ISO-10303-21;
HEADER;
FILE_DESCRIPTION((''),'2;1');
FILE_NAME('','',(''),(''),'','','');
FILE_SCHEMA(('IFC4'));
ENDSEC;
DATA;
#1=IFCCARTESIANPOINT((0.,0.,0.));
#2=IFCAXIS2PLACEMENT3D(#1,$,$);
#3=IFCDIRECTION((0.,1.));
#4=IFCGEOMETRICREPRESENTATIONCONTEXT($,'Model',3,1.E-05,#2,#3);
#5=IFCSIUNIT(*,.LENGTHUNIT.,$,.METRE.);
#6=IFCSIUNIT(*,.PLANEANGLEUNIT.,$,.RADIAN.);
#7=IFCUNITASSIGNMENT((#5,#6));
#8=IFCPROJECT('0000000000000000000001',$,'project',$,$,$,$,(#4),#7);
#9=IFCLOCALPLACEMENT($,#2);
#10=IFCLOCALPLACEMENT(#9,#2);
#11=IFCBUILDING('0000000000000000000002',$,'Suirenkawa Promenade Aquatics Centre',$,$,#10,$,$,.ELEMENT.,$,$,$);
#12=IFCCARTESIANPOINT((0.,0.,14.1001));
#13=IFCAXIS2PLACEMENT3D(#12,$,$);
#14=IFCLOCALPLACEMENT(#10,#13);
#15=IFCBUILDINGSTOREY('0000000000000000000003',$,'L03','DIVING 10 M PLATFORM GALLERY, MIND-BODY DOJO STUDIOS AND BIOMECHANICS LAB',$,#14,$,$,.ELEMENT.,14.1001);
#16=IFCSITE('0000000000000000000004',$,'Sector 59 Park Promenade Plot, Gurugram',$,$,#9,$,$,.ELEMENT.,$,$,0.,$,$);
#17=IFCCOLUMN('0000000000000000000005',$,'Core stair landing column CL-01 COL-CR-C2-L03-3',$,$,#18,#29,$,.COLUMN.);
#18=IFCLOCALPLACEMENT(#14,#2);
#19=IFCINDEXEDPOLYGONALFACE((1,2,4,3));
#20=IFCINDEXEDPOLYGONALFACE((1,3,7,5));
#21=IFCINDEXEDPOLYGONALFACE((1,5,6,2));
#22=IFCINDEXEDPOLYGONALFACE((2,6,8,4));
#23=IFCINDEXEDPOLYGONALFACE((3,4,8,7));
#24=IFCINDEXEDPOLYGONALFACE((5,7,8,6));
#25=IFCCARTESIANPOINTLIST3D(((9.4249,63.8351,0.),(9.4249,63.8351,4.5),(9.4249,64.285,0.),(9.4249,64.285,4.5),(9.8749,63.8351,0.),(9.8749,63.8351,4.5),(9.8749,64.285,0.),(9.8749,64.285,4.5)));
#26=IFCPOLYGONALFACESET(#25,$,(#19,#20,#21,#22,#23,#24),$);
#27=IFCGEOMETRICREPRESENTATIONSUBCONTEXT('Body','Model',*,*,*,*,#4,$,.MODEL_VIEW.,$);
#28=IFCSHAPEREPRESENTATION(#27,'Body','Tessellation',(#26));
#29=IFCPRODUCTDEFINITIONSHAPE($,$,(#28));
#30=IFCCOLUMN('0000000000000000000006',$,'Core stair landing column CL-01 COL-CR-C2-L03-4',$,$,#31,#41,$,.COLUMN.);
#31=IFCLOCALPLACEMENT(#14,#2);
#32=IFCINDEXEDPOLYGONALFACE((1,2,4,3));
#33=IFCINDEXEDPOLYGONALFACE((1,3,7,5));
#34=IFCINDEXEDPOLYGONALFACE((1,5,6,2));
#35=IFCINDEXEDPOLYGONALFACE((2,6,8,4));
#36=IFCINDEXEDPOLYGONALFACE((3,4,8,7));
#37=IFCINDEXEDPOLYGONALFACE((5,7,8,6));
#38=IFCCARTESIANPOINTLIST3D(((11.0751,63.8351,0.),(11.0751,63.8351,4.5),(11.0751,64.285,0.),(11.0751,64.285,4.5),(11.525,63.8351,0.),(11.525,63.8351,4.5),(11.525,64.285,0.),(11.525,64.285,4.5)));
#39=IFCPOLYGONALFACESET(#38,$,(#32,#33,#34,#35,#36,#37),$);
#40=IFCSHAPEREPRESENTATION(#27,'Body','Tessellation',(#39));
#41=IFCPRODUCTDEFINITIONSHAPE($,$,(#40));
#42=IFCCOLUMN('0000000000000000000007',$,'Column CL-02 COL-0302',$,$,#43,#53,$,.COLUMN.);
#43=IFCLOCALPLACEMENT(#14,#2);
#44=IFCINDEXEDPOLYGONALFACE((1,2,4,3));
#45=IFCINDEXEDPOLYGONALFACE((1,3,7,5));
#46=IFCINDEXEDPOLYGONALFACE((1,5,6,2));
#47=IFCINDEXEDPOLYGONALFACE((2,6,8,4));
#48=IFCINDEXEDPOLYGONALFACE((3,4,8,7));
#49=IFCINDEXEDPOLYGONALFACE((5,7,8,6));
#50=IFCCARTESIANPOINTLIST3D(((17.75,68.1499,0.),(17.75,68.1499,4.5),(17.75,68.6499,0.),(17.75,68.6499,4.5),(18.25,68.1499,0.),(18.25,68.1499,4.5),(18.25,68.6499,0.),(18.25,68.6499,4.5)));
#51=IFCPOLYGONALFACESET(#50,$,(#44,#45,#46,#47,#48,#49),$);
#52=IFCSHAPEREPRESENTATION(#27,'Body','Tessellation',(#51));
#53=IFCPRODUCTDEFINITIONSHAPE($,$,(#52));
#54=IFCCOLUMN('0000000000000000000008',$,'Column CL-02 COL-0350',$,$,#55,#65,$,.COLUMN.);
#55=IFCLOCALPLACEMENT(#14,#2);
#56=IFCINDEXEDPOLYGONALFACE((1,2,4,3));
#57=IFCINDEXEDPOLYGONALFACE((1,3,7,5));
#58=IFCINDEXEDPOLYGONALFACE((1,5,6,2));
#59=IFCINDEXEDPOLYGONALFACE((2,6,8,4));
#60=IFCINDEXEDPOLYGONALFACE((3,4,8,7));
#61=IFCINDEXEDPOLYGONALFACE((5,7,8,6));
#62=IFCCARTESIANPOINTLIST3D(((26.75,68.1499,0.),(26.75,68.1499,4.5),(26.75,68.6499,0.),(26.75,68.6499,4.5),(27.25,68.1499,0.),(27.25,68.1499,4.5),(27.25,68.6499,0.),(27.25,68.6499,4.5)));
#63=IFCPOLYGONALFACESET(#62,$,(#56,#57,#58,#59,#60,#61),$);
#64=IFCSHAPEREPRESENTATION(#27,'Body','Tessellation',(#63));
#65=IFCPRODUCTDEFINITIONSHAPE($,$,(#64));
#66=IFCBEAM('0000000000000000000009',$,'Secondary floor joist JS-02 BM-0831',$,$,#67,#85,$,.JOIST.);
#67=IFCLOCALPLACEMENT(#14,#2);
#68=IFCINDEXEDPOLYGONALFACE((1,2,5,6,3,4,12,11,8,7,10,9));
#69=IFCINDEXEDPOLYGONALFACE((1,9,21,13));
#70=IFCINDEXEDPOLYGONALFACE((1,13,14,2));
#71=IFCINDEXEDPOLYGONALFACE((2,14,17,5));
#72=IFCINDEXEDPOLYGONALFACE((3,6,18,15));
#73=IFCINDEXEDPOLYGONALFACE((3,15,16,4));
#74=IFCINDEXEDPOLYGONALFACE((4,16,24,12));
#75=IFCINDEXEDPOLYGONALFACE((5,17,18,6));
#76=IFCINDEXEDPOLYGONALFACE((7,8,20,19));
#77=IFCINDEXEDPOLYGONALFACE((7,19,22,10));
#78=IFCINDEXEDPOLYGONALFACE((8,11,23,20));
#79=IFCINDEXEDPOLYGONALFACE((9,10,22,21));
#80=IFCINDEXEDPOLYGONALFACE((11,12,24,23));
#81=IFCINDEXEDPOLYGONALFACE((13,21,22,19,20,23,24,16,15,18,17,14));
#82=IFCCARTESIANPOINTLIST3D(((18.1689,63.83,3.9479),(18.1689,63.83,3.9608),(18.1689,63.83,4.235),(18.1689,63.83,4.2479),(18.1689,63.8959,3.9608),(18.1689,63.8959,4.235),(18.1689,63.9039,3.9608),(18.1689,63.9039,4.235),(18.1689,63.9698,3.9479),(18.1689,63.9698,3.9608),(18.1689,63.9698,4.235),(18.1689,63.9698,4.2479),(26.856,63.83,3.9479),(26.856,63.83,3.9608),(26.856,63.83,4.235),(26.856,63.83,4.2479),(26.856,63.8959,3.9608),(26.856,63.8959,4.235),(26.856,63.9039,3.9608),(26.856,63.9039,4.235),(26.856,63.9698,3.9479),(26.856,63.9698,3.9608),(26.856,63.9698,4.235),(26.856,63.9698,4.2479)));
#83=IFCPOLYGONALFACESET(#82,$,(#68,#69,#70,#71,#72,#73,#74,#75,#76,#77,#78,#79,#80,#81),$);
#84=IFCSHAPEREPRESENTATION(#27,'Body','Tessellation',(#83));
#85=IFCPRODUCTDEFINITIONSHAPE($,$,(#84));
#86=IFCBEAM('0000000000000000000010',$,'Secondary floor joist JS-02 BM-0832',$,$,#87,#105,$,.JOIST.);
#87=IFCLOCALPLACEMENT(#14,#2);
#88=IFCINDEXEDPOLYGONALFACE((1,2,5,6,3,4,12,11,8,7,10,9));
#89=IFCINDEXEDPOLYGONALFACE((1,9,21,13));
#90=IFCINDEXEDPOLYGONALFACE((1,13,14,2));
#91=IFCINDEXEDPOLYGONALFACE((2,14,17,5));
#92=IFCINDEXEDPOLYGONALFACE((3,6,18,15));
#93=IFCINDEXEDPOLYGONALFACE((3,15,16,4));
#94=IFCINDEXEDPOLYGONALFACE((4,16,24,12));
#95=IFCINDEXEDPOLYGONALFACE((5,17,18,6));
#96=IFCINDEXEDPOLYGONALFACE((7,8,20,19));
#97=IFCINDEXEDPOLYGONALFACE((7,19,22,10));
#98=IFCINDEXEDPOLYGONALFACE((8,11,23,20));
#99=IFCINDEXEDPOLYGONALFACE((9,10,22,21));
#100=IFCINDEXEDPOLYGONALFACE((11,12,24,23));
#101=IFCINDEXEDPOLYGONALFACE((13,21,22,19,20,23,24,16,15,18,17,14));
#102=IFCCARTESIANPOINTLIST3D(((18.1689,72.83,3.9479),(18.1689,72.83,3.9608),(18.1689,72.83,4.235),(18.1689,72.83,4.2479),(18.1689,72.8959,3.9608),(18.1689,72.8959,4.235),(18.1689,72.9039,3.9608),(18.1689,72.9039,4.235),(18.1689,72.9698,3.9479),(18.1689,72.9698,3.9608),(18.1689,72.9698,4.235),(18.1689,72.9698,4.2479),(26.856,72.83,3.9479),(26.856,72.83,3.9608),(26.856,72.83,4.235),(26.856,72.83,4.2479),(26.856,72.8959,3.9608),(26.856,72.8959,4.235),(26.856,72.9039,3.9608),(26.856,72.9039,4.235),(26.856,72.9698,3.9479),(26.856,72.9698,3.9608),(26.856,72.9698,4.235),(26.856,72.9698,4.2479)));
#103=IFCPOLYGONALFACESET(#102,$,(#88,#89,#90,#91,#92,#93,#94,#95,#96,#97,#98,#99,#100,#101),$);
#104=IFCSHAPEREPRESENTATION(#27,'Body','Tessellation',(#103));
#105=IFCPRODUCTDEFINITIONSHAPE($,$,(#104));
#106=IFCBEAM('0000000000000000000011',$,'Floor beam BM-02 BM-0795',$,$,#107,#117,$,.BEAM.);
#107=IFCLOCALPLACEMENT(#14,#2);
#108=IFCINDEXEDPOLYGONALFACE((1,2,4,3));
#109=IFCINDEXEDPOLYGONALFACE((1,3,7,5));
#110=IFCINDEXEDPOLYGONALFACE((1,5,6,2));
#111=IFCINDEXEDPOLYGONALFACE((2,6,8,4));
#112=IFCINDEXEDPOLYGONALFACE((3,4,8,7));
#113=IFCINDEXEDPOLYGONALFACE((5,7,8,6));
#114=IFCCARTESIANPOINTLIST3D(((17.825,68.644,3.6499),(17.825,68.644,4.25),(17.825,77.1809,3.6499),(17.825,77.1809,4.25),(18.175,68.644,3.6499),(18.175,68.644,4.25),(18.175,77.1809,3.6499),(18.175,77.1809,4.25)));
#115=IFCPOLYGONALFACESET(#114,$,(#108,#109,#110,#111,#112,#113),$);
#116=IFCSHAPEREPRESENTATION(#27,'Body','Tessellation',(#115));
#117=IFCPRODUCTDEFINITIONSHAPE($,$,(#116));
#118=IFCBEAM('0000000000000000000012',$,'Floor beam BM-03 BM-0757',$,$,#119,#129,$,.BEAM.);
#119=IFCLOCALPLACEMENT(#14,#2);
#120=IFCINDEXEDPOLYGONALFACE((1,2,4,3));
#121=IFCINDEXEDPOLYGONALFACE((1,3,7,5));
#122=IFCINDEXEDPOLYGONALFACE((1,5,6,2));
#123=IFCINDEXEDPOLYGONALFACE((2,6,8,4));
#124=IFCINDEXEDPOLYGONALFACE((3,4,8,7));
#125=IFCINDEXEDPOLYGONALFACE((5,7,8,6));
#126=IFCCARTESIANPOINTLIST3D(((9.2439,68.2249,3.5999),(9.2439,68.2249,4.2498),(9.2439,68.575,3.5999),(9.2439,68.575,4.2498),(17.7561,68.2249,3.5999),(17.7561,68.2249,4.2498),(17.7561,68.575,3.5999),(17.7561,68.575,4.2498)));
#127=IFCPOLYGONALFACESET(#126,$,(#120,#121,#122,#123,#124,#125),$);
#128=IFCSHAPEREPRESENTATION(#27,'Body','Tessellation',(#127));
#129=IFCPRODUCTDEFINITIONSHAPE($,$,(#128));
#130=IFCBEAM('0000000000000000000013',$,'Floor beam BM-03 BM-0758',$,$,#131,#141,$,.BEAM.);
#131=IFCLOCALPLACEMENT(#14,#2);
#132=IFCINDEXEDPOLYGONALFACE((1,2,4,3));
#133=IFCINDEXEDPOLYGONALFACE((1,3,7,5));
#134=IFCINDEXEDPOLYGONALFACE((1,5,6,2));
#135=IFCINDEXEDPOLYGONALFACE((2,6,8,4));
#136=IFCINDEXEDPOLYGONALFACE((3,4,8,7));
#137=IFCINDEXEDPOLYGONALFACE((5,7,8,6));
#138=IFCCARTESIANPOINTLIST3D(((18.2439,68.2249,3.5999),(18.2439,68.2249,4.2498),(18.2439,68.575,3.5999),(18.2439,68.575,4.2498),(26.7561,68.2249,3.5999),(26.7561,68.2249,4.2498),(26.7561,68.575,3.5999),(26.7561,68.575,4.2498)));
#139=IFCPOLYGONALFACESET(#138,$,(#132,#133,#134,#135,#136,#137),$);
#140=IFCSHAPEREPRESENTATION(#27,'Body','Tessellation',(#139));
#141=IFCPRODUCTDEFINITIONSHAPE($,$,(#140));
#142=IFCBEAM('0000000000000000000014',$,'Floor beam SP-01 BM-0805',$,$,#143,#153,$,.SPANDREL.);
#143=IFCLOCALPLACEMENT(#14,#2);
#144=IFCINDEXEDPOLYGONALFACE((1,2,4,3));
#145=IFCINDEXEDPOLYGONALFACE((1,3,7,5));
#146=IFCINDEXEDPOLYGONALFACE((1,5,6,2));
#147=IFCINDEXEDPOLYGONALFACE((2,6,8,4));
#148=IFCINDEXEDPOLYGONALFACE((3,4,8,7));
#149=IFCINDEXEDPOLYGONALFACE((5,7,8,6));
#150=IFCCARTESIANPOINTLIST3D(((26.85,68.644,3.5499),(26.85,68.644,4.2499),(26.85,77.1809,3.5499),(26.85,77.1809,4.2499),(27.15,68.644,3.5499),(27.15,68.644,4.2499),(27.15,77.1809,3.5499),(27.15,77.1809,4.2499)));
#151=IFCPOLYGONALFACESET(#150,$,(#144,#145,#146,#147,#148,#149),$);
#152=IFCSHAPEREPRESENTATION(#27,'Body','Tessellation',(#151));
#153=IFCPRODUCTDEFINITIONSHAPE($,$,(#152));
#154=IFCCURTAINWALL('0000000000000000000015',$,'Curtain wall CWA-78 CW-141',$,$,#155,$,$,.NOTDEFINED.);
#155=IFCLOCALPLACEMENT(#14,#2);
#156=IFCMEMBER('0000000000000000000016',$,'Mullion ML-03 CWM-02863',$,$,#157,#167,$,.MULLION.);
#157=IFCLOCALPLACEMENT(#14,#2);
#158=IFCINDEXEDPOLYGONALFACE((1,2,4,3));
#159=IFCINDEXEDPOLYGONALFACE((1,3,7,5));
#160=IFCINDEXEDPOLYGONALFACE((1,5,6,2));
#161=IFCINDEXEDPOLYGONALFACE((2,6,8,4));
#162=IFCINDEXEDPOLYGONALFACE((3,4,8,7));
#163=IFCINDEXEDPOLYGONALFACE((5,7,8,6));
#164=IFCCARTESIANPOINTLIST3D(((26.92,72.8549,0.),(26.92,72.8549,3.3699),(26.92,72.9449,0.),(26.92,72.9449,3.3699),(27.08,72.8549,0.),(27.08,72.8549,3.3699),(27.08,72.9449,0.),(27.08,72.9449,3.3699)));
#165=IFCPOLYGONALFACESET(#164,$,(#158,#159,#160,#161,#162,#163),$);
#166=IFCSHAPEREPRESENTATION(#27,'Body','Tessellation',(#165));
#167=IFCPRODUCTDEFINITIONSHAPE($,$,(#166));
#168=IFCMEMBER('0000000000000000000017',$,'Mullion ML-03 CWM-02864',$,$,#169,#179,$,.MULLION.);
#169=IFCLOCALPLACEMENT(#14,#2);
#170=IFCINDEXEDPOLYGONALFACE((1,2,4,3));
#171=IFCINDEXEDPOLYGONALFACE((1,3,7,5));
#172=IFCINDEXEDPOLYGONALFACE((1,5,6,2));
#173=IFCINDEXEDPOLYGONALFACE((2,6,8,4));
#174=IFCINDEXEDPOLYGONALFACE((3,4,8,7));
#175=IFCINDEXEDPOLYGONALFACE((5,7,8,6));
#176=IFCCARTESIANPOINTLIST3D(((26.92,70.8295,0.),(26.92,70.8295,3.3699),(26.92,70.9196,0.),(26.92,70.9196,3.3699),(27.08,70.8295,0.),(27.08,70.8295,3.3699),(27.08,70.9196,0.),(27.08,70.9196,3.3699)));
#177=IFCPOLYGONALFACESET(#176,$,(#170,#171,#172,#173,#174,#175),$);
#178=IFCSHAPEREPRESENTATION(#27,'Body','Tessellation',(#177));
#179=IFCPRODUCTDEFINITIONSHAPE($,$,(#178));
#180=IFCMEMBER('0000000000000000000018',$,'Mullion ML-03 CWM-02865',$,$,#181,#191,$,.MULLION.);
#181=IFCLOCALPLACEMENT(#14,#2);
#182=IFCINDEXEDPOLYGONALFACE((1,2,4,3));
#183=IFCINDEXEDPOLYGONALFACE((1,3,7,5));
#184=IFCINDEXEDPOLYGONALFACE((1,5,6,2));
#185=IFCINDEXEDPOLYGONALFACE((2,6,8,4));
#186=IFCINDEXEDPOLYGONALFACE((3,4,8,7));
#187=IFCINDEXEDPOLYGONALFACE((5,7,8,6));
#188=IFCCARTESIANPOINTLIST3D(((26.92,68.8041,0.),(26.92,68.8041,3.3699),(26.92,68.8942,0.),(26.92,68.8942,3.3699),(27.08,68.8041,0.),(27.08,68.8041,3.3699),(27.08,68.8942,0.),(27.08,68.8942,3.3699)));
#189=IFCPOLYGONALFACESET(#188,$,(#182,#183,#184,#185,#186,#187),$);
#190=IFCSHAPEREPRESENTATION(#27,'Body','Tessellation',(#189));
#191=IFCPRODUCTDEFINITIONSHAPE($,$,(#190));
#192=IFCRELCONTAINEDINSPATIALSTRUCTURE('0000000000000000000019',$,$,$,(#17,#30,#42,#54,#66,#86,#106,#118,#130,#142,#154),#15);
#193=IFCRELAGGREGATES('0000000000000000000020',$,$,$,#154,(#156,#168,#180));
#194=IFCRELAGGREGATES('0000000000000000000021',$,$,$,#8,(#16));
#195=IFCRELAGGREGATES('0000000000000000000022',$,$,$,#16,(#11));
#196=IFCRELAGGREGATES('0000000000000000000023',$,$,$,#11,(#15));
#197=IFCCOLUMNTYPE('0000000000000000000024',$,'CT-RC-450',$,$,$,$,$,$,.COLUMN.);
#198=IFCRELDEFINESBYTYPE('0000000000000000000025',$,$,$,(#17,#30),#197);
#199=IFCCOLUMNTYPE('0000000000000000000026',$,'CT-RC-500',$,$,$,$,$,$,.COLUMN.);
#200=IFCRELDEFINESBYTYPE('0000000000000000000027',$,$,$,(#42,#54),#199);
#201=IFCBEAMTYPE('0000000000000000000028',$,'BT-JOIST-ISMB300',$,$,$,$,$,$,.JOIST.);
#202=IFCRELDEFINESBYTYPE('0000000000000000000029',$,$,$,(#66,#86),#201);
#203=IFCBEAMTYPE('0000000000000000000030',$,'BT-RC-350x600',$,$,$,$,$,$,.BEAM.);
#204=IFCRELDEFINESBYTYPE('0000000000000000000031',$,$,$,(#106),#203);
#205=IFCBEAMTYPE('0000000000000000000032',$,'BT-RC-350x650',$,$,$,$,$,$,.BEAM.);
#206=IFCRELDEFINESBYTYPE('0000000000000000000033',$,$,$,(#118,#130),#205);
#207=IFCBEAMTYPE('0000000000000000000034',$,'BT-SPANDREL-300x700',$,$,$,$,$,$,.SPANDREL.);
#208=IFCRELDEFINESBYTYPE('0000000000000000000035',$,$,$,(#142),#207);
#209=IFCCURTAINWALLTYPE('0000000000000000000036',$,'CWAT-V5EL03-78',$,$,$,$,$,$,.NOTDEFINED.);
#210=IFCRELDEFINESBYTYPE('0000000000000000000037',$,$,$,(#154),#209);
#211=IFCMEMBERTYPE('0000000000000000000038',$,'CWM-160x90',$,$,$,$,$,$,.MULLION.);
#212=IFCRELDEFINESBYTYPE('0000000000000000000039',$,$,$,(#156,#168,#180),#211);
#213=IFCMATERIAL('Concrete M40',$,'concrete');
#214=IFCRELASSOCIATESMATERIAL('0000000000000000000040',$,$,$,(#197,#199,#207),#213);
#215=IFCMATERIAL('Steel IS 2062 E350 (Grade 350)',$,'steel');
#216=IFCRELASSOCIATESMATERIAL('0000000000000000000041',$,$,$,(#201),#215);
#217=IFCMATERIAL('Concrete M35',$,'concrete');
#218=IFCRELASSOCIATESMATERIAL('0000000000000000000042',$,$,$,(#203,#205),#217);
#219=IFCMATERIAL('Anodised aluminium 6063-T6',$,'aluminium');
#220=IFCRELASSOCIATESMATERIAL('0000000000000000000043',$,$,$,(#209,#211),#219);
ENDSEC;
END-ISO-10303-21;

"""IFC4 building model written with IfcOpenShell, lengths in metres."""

from ifc_helpers import new_model, si_unit, direction, frame, origin, origin_2d, place, context, subcontext, project, spatial, rectangle, i_section, extrude, material, material_profile, profile_set, type_object, element, aggregate, save


model = new_model("IFC4")

# Units and contexts
model_context = context("Model", 3, precision=1e-05, world=origin(), true_north=direction((0.0, 1.0)))
body_context = subcontext(model_context, "Body", "Model", "MODEL_VIEW")
ifc_project = project(units=[si_unit("LENGTHUNIT", "METRE"), si_unit("PLANEANGLEUNIT", "RADIAN")], contexts=[model_context])

# Site, building, storey
site_placement = place(None, origin())
site = spatial("IfcSite", under=ifc_project, at=site_placement, Name="Sector 59 Park Promenade Plot, Gurugram", CompositionType="ELEMENT", RefElevation=0.0)
building_placement = place(site_placement, origin())
building = spatial("IfcBuilding", under=site, at=building_placement, Name="Suirenkawa Promenade Aquatics Centre", CompositionType="ELEMENT")
storey_placement = place(building_placement, frame((0.0, 0.0, 14.1001)))
storey = spatial("IfcBuildingStorey", under=building, at=storey_placement, Name="L03", Description="DIVING 10 M PLATFORM GALLERY, MIND-BODY DOJO STUDIOS AND BIOMECHANICS LAB", CompositionType="ELEMENT", Elevation=14.1001)

# Columns
ifc_material_1 = material(Name="Concrete M40", Category="concrete")
ifc_material_profile_1 = material_profile(ifc_material_1, rectangle(XDim=0.45, YDim=0.45, at=origin_2d()), Name="RC COL 450x450", Category="concrete")
ifc_profile_set_1 = profile_set([ifc_material_profile_1], Name="Concrete M40")
column_type_1 = type_object("IfcColumnType", Name="CT-RC-450", PredefinedType="COLUMN", material=ifc_profile_set_1)
for number, where, z_axis, x_axis, name in (
    (1, (9.6499, 64.0601, 0.0), (0.0, 0.0, 1.0), (1.0, 0.0, 0.0), "Core stair landing column CL-01 COL-CR-C2-L03-3"),
    (2, (11.3, 64.0601, 0.0), (0.0, 0.0, 1.0), (1.0, 0.0, 0.0), "Core stair landing column CL-01 COL-CR-C2-L03-4"),
):
    element("IfcColumn", number, at=place(storey_placement, frame(where, z_axis=z_axis, x_axis=x_axis)), inside=storey, type_object=column_type_1, Name=name, PredefinedType="COLUMN", context=body_context, shape_type="SweptSolid", body=[
        extrude(rectangle(XDim=0.45, YDim=0.45, at=origin_2d()), origin(), (0.0, 0.0, 1.0), 4.5),
    ])
ifc_material_profile_2 = material_profile(ifc_material_1, rectangle(XDim=0.5, YDim=0.5, at=origin_2d()), Name="RC COL 500x500", Category="concrete")
ifc_profile_set_2 = profile_set([ifc_material_profile_2], Name="Concrete M40")
column_type_2 = type_object("IfcColumnType", Name="CT-RC-500", PredefinedType="COLUMN", material=ifc_profile_set_2)
for number, where, z_axis, x_axis, name in (
    (3, (18.0, 68.3999, 0.0), (0.0, 0.0, 1.0), (1.0, 0.0, 0.0), "Column CL-02 COL-0302"),
    (4, (27.0, 68.3999, 0.0), (0.0, 0.0, 1.0), (1.0, 0.0, 0.0), "Column CL-02 COL-0350"),
):
    element("IfcColumn", number, at=place(storey_placement, frame(where, z_axis=z_axis, x_axis=x_axis)), inside=storey, type_object=column_type_2, Name=name, PredefinedType="COLUMN", context=body_context, shape_type="SweptSolid", body=[
        extrude(rectangle(XDim=0.5, YDim=0.5, at=origin_2d()), origin(), (0.0, 0.0, 1.0), 4.5),
    ])

# Beams
ifc_material_2 = material(Name="Steel IS 2062 E350 (Grade 350)", Category="steel")
ifc_material_profile_3 = material_profile(ifc_material_2, i_section(OverallWidth=0.1399, OverallDepth=0.3, WebThickness=0.0081, FlangeThickness=0.0129, at=origin_2d()), Name="ISMB 300", Category="steel")
ifc_profile_set_3 = profile_set([ifc_material_profile_3], Name="Steel IS 2062 E350 (Grade 350)")
beam_type_1 = type_object("IfcBeamType", Name="BT-JOIST-ISMB300", PredefinedType="JOIST", material=ifc_profile_set_3)
for number, where, z_axis, x_axis, name in (
    (5, (18.1689, 63.8999, 4.0979), (1.0, 0.0, 0.0), (0.0, 1.0, 0.0), "Secondary floor joist JS-02 BM-0831"),
    (6, (18.1689, 72.8999, 4.0979), (1.0, 0.0, 0.0), (0.0, 1.0, 0.0), "Secondary floor joist JS-02 BM-0832"),
):
    element("IfcBeam", number, at=place(storey_placement, frame(where, z_axis=z_axis, x_axis=x_axis)), inside=storey, type_object=beam_type_1, Name=name, PredefinedType="JOIST", context=body_context, shape_type="SweptSolid", body=[
        extrude(i_section(OverallWidth=0.1399, OverallDepth=0.3, WebThickness=0.0081, FlangeThickness=0.0129, at=origin_2d()), origin(), (0.0, 0.0, 1.0), 8.687),
    ])
ifc_material_3 = material(Name="Concrete M35", Category="concrete")
ifc_material_profile_4 = material_profile(ifc_material_3, rectangle(XDim=0.3501, YDim=0.6001, at=origin_2d()), Name="RC BM 350x600", Category="concrete")
ifc_profile_set_4 = profile_set([ifc_material_profile_4], Name="Concrete M35")
beam_type_2 = type_object("IfcBeamType", Name="BT-RC-350x600", PredefinedType="BEAM", material=ifc_profile_set_4)
beam_1_placement = place(storey_placement, frame((18.0, 68.644, 3.95), z_axis=(0.0, 1.0, 0.0), x_axis=(-1.0, 0.0, 0.0)))
element("IfcBeam", 7, at=beam_1_placement, inside=storey, type_object=beam_type_2, Name="Floor beam BM-02 BM-0795", PredefinedType="BEAM", context=body_context, shape_type="SweptSolid", body=[
    extrude(rectangle(XDim=0.3501, YDim=0.6001, at=origin_2d()), origin(), (0.0, 0.0, 1.0), 8.5369),
])
ifc_material_profile_5 = material_profile(ifc_material_3, rectangle(XDim=0.3501, YDim=0.6499, at=origin_2d()), Name="RC BM 350x650", Category="concrete")
ifc_profile_set_5 = profile_set([ifc_material_profile_5], Name="Concrete M35")
beam_type_3 = type_object("IfcBeamType", Name="BT-RC-350x650", PredefinedType="BEAM", material=ifc_profile_set_5)
for number, where, z_axis, x_axis, name in (
    (8, (9.2439, 68.3999, 3.9248), (1.0, 0.0, 0.0), (0.0, 1.0, 0.0), "Floor beam BM-03 BM-0757"),
    (9, (18.2439, 68.3999, 3.9248), (1.0, 0.0, 0.0), (0.0, 1.0, 0.0), "Floor beam BM-03 BM-0758"),
):
    element("IfcBeam", number, at=place(storey_placement, frame(where, z_axis=z_axis, x_axis=x_axis)), inside=storey, type_object=beam_type_3, Name=name, PredefinedType="BEAM", context=body_context, shape_type="SweptSolid", body=[
        extrude(rectangle(XDim=0.3501, YDim=0.6499, at=origin_2d()), origin(), (0.0, 0.0, 1.0), 8.5122),
    ])
ifc_material_profile_6 = material_profile(ifc_material_1, rectangle(XDim=0.3, YDim=0.7, at=origin_2d()), Name="RC SPANDREL 300x700", Category="concrete")
ifc_profile_set_6 = profile_set([ifc_material_profile_6], Name="Concrete M40")
beam_type_4 = type_object("IfcBeamType", Name="BT-SPANDREL-300x700", PredefinedType="SPANDREL", material=ifc_profile_set_6)
beam_2_placement = place(storey_placement, frame((27.0, 68.644, 3.8999), z_axis=(0.0, 1.0, 0.0), x_axis=(-1.0, 0.0, 0.0)))
element("IfcBeam", 10, at=beam_2_placement, inside=storey, type_object=beam_type_4, Name="Floor beam SP-01 BM-0805", PredefinedType="SPANDREL", context=body_context, shape_type="SweptSolid", body=[
    extrude(rectangle(XDim=0.3, YDim=0.7, at=origin_2d()), origin(), (0.0, 0.0, 1.0), 8.5369),
])

# Curtain wall, members
ifc_material_4 = material(Name="Anodised aluminium 6063-T6", Category="aluminium")
curtain_wall_type = type_object("IfcCurtainWallType", Name="CWAT-V5EL03-78", PredefinedType="NOTDEFINED", material=ifc_material_4)
curtain_wall_placement = place(storey_placement, origin())
curtain_wall = element("IfcCurtainWall", 11, at=curtain_wall_placement, inside=storey, type_object=curtain_wall_type, Name="Curtain wall CWA-78 CW-141", PredefinedType="NOTDEFINED")
ifc_material_profile_7 = material_profile(ifc_material_4, rectangle(XDim=0.0901, YDim=0.1599, at=origin_2d()), Name="ALU MULL 90x160", Category="aluminium")
ifc_profile_set_7 = profile_set([ifc_material_profile_7], Name="Anodised aluminium 6063-T6")
member_type_1 = type_object("IfcMemberType", Name="CWM-160x90", PredefinedType="MULLION", material=ifc_profile_set_7)
member_1_placement = place(storey_placement, frame((27.0, 72.8999, 0.0), z_axis=(0.0, 0.0, 1.0), x_axis=(0.0, -1.0, 0.0)))
member_1 = element("IfcMember", 12, at=member_1_placement, type_object=member_type_1, Name="Mullion ML-03 CWM-02863", PredefinedType="MULLION", context=body_context, shape_type="SweptSolid", body=[
    extrude(rectangle(XDim=0.0901, YDim=0.1599, at=origin_2d()), origin(), (0.0, 0.0, 1.0), 3.3699),
])
member_2_placement = place(storey_placement, frame((27.0, 70.8745, 0.0), z_axis=(0.0, 0.0, 1.0), x_axis=(0.0, -1.0, 0.0)))
member_2 = element("IfcMember", 13, at=member_2_placement, type_object=member_type_1, Name="Mullion ML-03 CWM-02864", PredefinedType="MULLION", context=body_context, shape_type="SweptSolid", body=[
    extrude(rectangle(XDim=0.0901, YDim=0.1599, at=origin_2d()), origin(), (0.0, 0.0, 1.0), 3.3699),
])
member_3_placement = place(storey_placement, frame((27.0, 68.8491, 0.0), z_axis=(0.0, 0.0, 1.0), x_axis=(0.0, -1.0, 0.0)))
member_3 = element("IfcMember", 14, at=member_3_placement, type_object=member_type_1, Name="Mullion ML-03 CWM-02865", PredefinedType="MULLION", context=body_context, shape_type="SweptSolid", body=[
    extrude(rectangle(XDim=0.0901, YDim=0.1599, at=origin_2d()), origin(), (0.0, 0.0, 1.0), 3.3699),
])
aggregate(curtain_wall, [member_1, member_2, member_3])

save(model, "model.ifc")
